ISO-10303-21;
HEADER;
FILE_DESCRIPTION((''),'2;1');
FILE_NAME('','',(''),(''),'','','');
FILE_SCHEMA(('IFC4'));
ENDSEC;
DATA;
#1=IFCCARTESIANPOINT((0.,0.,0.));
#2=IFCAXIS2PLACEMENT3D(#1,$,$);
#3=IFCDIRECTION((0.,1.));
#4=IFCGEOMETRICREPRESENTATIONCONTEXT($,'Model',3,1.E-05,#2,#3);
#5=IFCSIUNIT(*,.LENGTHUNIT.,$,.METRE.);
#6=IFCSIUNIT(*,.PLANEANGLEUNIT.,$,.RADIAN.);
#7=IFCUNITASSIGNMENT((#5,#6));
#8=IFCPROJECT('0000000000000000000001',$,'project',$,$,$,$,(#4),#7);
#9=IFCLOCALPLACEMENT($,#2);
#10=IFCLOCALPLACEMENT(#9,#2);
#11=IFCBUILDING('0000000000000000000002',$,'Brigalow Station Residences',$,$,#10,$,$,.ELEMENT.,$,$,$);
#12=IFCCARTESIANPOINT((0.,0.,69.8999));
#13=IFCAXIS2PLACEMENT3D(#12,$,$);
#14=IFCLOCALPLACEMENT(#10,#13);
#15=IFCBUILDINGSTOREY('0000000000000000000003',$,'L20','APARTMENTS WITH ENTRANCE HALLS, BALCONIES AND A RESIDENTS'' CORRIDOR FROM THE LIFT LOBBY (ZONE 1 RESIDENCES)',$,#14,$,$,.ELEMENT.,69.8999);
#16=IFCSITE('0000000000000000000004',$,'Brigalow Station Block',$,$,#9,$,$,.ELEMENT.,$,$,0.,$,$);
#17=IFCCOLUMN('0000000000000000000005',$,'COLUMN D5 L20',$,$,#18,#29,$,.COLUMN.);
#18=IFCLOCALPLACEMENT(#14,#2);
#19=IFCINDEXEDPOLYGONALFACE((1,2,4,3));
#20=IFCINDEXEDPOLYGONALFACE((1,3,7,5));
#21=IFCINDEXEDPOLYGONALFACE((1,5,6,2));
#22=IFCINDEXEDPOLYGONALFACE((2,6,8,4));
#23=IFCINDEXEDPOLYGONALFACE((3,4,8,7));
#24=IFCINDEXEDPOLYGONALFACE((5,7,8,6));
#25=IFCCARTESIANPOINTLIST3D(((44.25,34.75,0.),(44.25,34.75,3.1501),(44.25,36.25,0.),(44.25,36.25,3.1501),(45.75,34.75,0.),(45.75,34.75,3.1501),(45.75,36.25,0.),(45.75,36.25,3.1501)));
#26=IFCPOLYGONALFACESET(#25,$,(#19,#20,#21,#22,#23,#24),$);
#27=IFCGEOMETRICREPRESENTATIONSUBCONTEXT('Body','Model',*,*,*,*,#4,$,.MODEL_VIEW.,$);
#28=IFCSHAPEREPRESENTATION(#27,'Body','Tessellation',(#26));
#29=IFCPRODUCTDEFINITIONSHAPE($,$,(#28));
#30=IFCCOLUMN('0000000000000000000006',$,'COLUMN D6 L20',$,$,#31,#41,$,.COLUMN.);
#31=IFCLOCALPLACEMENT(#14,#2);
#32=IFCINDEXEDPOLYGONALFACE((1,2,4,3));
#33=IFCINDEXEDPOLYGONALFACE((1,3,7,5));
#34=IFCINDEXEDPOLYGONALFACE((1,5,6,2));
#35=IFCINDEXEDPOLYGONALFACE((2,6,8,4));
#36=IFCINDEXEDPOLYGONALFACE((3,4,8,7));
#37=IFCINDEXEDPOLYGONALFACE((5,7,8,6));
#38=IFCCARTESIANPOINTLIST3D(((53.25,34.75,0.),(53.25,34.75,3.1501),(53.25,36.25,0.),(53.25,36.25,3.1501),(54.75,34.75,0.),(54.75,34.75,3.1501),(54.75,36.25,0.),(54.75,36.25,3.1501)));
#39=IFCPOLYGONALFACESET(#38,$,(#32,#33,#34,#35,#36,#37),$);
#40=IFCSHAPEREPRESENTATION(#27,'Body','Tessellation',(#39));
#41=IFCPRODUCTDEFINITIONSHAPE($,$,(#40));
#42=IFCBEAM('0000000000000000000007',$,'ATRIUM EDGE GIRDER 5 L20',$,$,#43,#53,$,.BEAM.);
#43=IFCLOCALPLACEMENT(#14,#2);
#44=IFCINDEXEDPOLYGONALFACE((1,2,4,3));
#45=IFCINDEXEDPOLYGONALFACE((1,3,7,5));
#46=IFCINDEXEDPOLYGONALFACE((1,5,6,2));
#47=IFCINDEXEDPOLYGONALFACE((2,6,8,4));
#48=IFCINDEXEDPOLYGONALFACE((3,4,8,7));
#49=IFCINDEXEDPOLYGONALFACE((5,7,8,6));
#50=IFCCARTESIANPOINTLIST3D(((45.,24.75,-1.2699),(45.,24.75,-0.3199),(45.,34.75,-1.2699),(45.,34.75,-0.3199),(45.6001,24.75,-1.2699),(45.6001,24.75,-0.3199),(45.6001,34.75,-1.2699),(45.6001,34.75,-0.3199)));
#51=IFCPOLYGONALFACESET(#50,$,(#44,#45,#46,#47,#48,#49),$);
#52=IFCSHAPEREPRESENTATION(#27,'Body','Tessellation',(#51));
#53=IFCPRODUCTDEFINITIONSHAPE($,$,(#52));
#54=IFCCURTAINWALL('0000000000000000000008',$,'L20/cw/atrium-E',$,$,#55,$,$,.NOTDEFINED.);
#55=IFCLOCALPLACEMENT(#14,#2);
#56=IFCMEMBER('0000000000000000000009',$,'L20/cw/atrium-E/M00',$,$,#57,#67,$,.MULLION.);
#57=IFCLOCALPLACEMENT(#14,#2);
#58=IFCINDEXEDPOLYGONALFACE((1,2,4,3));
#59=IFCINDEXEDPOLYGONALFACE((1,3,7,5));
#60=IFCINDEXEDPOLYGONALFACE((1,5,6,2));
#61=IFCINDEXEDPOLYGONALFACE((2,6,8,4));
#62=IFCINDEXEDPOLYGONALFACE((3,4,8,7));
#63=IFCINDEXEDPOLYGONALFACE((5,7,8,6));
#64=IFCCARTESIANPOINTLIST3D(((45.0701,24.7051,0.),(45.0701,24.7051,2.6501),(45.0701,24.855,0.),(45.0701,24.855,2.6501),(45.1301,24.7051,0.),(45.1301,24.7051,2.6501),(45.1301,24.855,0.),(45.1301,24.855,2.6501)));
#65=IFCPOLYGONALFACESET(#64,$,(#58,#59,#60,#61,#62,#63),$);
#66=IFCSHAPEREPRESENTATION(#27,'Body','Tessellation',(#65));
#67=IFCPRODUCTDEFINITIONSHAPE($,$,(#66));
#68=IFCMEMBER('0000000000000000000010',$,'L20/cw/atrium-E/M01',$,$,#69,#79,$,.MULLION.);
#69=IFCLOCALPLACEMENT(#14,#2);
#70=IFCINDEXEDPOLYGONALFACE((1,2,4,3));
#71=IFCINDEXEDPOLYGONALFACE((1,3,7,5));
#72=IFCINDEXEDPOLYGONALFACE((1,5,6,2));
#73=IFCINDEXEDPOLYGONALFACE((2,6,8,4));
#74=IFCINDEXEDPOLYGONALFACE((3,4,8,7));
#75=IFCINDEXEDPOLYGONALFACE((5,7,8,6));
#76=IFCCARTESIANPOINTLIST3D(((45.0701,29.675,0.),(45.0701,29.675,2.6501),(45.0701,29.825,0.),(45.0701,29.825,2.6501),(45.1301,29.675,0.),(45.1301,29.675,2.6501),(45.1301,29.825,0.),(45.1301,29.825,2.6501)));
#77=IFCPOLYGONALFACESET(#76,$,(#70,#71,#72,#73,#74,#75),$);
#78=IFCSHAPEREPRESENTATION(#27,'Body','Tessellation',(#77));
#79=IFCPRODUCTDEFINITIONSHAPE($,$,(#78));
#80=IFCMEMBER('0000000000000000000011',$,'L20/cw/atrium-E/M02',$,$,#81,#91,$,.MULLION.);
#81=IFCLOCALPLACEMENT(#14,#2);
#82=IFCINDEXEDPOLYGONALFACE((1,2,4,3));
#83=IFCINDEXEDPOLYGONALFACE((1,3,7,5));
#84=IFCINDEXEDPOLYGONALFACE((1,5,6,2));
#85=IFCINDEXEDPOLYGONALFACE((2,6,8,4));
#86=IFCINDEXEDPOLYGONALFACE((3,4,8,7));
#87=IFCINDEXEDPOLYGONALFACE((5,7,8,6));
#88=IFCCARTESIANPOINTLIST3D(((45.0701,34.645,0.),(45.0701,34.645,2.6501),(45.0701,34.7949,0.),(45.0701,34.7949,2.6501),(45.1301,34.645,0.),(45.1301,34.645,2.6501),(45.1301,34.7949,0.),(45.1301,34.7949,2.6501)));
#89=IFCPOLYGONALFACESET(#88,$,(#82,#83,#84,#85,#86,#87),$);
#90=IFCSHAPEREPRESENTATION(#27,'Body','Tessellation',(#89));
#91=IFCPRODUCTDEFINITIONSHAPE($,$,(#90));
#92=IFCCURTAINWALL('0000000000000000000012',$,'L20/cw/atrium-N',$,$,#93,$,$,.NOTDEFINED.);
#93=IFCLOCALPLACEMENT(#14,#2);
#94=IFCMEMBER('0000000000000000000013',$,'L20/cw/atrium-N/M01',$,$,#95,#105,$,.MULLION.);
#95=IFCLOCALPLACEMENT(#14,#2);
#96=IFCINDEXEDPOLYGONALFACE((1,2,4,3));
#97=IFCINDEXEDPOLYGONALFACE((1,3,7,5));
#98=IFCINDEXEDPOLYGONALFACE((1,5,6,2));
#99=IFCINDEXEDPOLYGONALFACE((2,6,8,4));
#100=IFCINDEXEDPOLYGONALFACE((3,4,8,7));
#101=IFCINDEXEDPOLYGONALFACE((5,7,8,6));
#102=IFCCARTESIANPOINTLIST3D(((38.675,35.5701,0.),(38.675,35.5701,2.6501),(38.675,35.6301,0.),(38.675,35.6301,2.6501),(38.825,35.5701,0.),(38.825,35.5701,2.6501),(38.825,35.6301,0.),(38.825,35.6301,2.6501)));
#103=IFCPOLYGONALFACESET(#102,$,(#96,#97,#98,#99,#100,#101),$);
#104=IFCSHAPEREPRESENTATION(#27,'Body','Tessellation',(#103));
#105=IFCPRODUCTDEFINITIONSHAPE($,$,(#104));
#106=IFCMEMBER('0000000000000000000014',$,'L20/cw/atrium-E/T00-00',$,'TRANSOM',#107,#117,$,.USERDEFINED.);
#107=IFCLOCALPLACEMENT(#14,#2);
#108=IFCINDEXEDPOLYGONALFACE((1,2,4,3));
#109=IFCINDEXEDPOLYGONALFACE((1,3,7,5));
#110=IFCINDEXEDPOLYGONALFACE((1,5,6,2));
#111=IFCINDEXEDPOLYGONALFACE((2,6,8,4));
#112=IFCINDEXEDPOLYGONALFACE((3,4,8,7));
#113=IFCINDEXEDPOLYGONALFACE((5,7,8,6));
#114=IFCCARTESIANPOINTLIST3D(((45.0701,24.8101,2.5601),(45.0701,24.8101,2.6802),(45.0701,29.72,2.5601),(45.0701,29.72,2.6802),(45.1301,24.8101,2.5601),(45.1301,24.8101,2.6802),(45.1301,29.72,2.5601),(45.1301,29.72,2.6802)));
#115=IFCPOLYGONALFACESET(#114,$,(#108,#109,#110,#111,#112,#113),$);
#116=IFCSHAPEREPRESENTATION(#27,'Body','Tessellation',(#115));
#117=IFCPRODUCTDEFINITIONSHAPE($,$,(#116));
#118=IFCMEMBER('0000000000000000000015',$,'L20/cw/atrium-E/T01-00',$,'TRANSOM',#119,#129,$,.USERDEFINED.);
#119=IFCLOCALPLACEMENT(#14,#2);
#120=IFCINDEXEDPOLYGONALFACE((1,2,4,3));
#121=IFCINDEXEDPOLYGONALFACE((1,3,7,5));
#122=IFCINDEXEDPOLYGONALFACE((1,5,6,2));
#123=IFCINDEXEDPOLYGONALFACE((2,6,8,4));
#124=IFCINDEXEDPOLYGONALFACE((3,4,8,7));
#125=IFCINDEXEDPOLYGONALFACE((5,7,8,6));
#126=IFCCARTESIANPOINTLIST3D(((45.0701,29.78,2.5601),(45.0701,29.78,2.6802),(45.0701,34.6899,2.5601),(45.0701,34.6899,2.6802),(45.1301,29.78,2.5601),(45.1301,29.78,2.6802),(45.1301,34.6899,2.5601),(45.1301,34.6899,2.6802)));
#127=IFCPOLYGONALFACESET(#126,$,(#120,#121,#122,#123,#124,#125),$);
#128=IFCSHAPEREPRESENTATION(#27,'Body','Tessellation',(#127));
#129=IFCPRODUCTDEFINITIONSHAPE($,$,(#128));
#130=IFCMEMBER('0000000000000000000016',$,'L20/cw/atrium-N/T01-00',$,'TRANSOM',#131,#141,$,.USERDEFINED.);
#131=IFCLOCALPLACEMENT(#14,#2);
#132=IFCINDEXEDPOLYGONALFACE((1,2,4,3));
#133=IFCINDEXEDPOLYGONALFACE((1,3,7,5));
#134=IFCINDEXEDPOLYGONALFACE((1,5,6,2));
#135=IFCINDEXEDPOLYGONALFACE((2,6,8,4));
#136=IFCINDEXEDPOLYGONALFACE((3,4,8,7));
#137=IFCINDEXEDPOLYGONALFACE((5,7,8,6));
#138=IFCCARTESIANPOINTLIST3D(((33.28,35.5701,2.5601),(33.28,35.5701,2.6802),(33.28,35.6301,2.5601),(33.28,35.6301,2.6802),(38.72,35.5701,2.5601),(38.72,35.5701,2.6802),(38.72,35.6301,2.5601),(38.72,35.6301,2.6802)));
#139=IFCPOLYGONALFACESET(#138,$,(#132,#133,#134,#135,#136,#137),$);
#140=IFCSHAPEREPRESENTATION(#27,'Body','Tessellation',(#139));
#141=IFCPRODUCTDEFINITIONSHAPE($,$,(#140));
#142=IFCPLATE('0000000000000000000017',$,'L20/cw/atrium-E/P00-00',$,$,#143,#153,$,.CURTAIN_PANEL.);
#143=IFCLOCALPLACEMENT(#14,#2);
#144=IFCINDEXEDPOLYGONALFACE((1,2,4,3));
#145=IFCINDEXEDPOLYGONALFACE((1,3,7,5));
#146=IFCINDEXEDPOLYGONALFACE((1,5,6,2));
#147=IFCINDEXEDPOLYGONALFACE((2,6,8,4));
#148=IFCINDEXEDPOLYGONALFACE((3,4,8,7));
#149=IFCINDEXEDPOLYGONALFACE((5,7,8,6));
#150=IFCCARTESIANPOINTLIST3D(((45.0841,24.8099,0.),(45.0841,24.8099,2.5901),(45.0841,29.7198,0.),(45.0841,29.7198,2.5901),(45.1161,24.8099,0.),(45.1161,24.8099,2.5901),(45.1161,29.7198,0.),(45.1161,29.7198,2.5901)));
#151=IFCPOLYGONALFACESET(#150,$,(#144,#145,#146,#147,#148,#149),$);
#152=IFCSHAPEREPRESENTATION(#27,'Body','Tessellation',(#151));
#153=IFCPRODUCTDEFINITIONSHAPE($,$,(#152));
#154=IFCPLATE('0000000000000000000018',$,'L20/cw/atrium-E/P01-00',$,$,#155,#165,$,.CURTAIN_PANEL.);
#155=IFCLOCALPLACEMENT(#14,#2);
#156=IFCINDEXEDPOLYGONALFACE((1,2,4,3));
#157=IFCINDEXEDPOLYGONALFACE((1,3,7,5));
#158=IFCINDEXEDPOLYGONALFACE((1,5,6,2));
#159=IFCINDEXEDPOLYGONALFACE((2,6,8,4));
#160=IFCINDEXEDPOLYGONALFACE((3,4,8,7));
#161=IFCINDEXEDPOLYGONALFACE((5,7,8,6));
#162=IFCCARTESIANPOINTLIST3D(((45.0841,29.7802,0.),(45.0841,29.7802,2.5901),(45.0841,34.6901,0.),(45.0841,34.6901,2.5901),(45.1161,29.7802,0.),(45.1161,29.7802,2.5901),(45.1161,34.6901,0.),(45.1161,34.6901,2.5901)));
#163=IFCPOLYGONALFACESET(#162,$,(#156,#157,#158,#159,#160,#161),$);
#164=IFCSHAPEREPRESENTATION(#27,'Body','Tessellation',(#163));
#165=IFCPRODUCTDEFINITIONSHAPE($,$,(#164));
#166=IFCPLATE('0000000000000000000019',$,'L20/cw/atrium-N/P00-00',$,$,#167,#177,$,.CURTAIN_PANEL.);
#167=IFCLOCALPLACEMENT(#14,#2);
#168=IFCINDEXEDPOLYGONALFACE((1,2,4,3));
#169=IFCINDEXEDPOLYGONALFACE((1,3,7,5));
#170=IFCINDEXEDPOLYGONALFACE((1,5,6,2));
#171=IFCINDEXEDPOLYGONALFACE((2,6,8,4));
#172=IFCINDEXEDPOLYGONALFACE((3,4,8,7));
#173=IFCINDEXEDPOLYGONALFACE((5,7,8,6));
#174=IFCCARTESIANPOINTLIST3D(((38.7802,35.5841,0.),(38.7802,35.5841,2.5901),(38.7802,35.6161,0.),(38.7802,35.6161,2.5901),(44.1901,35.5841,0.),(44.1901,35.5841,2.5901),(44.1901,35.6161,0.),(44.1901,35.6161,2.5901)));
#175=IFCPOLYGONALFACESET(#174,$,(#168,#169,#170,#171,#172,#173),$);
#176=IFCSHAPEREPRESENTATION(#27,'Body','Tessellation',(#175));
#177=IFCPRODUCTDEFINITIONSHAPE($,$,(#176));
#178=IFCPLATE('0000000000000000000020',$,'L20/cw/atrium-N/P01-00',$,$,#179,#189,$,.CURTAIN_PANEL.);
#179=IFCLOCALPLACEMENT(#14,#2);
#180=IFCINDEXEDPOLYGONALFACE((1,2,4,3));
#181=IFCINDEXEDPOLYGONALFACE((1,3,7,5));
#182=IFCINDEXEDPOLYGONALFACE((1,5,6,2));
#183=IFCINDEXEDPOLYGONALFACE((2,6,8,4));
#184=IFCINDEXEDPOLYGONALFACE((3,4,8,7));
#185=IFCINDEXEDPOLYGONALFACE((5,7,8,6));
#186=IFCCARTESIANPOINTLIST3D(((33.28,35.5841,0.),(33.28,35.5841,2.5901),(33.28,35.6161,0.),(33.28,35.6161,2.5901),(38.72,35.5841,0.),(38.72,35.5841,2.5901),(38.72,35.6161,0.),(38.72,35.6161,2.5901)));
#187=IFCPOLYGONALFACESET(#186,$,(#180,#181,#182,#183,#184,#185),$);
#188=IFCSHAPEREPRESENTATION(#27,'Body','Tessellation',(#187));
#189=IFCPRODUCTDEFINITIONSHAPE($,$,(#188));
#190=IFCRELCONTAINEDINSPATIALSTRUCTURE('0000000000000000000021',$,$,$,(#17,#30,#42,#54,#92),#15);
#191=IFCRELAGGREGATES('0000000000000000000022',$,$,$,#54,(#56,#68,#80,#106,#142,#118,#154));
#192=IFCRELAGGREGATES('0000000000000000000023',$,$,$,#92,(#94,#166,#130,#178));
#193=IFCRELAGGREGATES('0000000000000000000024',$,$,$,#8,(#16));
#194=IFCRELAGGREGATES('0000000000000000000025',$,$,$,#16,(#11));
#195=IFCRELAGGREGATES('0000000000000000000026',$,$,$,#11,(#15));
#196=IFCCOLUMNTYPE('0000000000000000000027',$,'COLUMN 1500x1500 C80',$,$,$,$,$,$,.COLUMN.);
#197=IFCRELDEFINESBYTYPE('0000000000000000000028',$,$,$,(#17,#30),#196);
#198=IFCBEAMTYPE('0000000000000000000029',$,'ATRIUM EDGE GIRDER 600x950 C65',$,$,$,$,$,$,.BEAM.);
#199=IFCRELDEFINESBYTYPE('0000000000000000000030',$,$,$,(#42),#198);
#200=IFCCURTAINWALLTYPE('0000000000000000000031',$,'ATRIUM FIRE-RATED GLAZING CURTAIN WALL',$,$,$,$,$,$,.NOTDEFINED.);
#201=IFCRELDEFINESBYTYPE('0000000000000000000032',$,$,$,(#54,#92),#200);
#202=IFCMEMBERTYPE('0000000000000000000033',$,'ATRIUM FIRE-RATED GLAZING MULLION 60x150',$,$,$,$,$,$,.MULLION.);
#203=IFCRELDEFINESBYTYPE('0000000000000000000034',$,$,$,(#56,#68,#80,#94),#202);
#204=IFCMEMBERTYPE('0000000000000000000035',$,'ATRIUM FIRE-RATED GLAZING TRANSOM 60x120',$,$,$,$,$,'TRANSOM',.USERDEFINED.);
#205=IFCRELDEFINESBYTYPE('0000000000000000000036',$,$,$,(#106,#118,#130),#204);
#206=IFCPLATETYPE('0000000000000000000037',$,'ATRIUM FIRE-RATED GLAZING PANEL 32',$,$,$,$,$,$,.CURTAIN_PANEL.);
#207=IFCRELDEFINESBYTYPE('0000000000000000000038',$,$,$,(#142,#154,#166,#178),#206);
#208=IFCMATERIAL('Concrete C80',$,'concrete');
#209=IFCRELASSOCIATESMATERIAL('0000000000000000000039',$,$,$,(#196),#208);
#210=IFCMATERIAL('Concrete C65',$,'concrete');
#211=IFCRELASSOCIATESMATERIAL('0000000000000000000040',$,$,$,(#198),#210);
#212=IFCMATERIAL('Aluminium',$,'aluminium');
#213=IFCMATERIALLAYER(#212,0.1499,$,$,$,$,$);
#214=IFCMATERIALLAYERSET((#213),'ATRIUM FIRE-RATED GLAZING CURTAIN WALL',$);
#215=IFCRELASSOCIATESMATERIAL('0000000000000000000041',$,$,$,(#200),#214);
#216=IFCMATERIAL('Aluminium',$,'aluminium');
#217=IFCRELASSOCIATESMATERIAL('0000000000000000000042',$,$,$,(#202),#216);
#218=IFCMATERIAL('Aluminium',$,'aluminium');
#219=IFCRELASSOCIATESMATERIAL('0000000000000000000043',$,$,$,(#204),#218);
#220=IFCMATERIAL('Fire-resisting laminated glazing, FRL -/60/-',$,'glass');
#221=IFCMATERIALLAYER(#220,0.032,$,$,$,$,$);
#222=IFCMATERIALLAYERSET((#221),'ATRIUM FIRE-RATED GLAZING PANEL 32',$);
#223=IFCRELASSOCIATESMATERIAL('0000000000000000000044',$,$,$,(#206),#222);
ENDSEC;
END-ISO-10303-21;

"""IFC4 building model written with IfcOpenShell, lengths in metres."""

from ifc_helpers import new_model, si_unit, direction, frame, origin, origin_2d, place, context, subcontext, project, spatial, rectangle, extrude, material, layer, layer_set, material_profile, profile_set, type_object, element, aggregate, save


model = new_model("IFC4")

# Units and contexts
model_context = context("Model", 3, precision=1e-05, world=origin(), true_north=direction((0.0, 1.0)))
body_context = subcontext(model_context, "Body", "Model", "MODEL_VIEW")
ifc_project = project(units=[si_unit("LENGTHUNIT", "METRE"), si_unit("PLANEANGLEUNIT", "RADIAN")], contexts=[model_context])

# Site, building, storey
site_placement = place(None, origin())
site = spatial("IfcSite", under=ifc_project, at=site_placement, Name="Brigalow Station Block", CompositionType="ELEMENT", RefElevation=0.0)
building_placement = place(site_placement, origin())
building = spatial("IfcBuilding", under=site, at=building_placement, Name="Brigalow Station Residences", CompositionType="ELEMENT")
storey_placement = place(building_placement, frame((0.0, 0.0, 69.8999)))
storey = spatial("IfcBuildingStorey", under=building, at=storey_placement, Name="L20", Description="APARTMENTS WITH ENTRANCE HALLS, BALCONIES AND A RESIDENTS' CORRIDOR FROM THE LIFT LOBBY (ZONE 1 RESIDENCES)", CompositionType="ELEMENT", Elevation=69.8999)

# Columns
ifc_material_1 = material(Name="Concrete C80", Category="concrete")
ifc_material_profile_1 = material_profile(ifc_material_1, rectangle(XDim=1.5, YDim=1.5, at=origin_2d()), Name="RC1500x1500")
ifc_profile_set_1 = profile_set([ifc_material_profile_1], Name="Concrete C80")
column_type = type_object("IfcColumnType", Name="COLUMN 1500x1500 C80", PredefinedType="COLUMN", material=ifc_profile_set_1)
for number, where, z_axis, x_axis, name in (
    (1, (45.0, 35.5, 0.0), (0.0, 0.0, 1.0), (1.0, 0.0, 0.0), "COLUMN D5 L20"),
    (2, (54.0, 35.5, 0.0), (0.0, 0.0, 1.0), (1.0, 0.0, 0.0), "COLUMN D6 L20"),
):
    element("IfcColumn", number, at=place(storey_placement, frame(where, z_axis=z_axis, x_axis=x_axis)), inside=storey, type_object=column_type, Name=name, PredefinedType="COLUMN", context=body_context, shape_type="SweptSolid", body=[
        extrude(rectangle(XDim=1.5, YDim=1.5, at=origin_2d()), origin(), (0.0, 0.0, 1.0), 3.1501),
    ])

# Beam
ifc_material_2 = material(Name="Concrete C65", Category="concrete")
ifc_material_profile_2 = material_profile(ifc_material_2, rectangle(XDim=0.6001, YDim=0.95, at=origin_2d()), Name="RC600x950")
ifc_profile_set_2 = profile_set([ifc_material_profile_2], Name="Concrete C65")
beam_type = type_object("IfcBeamType", Name="ATRIUM EDGE GIRDER 600x950 C65", PredefinedType="BEAM", material=ifc_profile_set_2)
beam_placement = place(storey_placement, frame((45.3, 24.75, -0.7949), z_axis=(0.0, 1.0, 0.0), x_axis=(-1.0, 0.0, 0.0)))
element("IfcBeam", 3, at=beam_placement, inside=storey, type_object=beam_type, Name="ATRIUM EDGE GIRDER 5 L20", PredefinedType="BEAM", context=body_context, shape_type="SweptSolid", body=[
    extrude(rectangle(XDim=0.6001, YDim=0.95, at=origin_2d()), origin(), (0.0, 0.0, 1.0), 10.0),
])

# Curtain wall, members
ifc_material_3 = material(Name="Aluminium", Category="aluminium")
ifc_layer_1 = layer(ifc_material_3, 0.1499)
ifc_layer_set_1 = layer_set([ifc_layer_1], Name="ATRIUM FIRE-RATED GLAZING CURTAIN WALL")
curtain_wall_type = type_object("IfcCurtainWallType", Name="ATRIUM FIRE-RATED GLAZING CURTAIN WALL", PredefinedType="NOTDEFINED", material=ifc_layer_set_1)
curtain_wall_1_placement = place(storey_placement, origin())
curtain_wall_1 = element("IfcCurtainWall", 4, at=curtain_wall_1_placement, inside=storey, type_object=curtain_wall_type, Name="L20/cw/atrium-E", PredefinedType="NOTDEFINED")
ifc_material_4 = material(Name="Aluminium", Category="aluminium")
ifc_material_profile_3 = material_profile(ifc_material_4, rectangle(XDim=0.0601, YDim=0.1499, at=origin_2d()), Name="ATRIUM FIRE-RATED GLAZING MULLION 60x150")
ifc_profile_set_3 = profile_set([ifc_material_profile_3], Name="Aluminium")
member_type_1 = type_object("IfcMemberType", Name="ATRIUM FIRE-RATED GLAZING MULLION 60x150", PredefinedType="MULLION", material=ifc_profile_set_3)
member_1_placement = place(storey_placement, frame((45.1001, 24.78, 0.0), z_axis=(0.0, 0.0, 1.0), x_axis=(-1.0, 0.0, 0.0)))
member_1 = element("IfcMember", 5, at=member_1_placement, type_object=member_type_1, Name="L20/cw/atrium-E/M00", PredefinedType="MULLION", context=body_context, shape_type="SweptSolid", body=[
    extrude(rectangle(XDim=0.0601, YDim=0.1499, at=origin_2d()), origin(), (0.0, 0.0, 1.0), 2.6501),
])
member_2_placement = place(storey_placement, frame((45.1001, 29.75, 0.0), z_axis=(0.0, 0.0, 1.0), x_axis=(-1.0, 0.0, 0.0)))
member_2 = element("IfcMember", 6, at=member_2_placement, type_object=member_type_1, Name="L20/cw/atrium-E/M01", PredefinedType="MULLION", context=body_context, shape_type="SweptSolid", body=[
    extrude(rectangle(XDim=0.0601, YDim=0.1499, at=origin_2d()), origin(), (0.0, 0.0, 1.0), 2.6501),
])
member_3_placement = place(storey_placement, frame((45.1001, 34.72, 0.0), z_axis=(0.0, 0.0, 1.0), x_axis=(-1.0, 0.0, 0.0)))
member_3 = element("IfcMember", 7, at=member_3_placement, type_object=member_type_1, Name="L20/cw/atrium-E/M02", PredefinedType="MULLION", context=body_context, shape_type="SweptSolid", body=[
    extrude(rectangle(XDim=0.0601, YDim=0.1499, at=origin_2d()), origin(), (0.0, 0.0, 1.0), 2.6501),
])

# Curtain wall, member
curtain_wall_2_placement = place(storey_placement, origin())
curtain_wall_2 = element("IfcCurtainWall", 8, at=curtain_wall_2_placement, inside=storey, type_object=curtain_wall_type, Name="L20/cw/atrium-N", PredefinedType="NOTDEFINED")
member_4_placement = place(storey_placement, frame((38.75, 35.6001, 0.0), z_axis=(0.0, 0.0, 1.0), x_axis=(0.0, -1.0, 0.0)))
member_4 = element("IfcMember", 9, at=member_4_placement, type_object=member_type_1, Name="L20/cw/atrium-N/M01", PredefinedType="MULLION", context=body_context, shape_type="SweptSolid", body=[
    extrude(rectangle(XDim=0.0601, YDim=0.1499, at=origin_2d()), origin(), (0.0, 0.0, 1.0), 2.6501),
])

# Members
ifc_material_5 = material(Name="Aluminium", Category="aluminium")
ifc_material_profile_4 = material_profile(ifc_material_5, rectangle(XDim=0.0601, YDim=0.1201, at=origin_2d()), Name="ATRIUM FIRE-RATED GLAZING TRANSOM 60x120")
ifc_profile_set_4 = profile_set([ifc_material_profile_4], Name="Aluminium")
member_type_2 = type_object("IfcMemberType", Name="ATRIUM FIRE-RATED GLAZING TRANSOM 60x120", ElementType="TRANSOM", PredefinedType="USERDEFINED", material=ifc_profile_set_4)
member_5_placement = place(storey_placement, frame((45.1001, 24.8101, 2.6201), z_axis=(0.0, 1.0, 0.0), x_axis=(-1.0, 0.0, 0.0)))
member_5 = element("IfcMember", 10, at=member_5_placement, type_object=member_type_2, Name="L20/cw/atrium-E/T00-00", ObjectType="TRANSOM", PredefinedType="USERDEFINED", context=body_context, shape_type="SweptSolid", body=[
    extrude(rectangle(XDim=0.0601, YDim=0.1201, at=origin_2d()), origin(), (0.0, 0.0, 1.0), 4.9099),
])
member_6_placement = place(storey_placement, frame((45.1001, 29.78, 2.6201), z_axis=(0.0, 1.0, 0.0), x_axis=(-1.0, 0.0, 0.0)))
member_6 = element("IfcMember", 11, at=member_6_placement, type_object=member_type_2, Name="L20/cw/atrium-E/T01-00", ObjectType="TRANSOM", PredefinedType="USERDEFINED", context=body_context, shape_type="SweptSolid", body=[
    extrude(rectangle(XDim=0.0601, YDim=0.1201, at=origin_2d()), origin(), (0.0, 0.0, 1.0), 4.9099),
])
member_7_placement = place(storey_placement, frame((38.72, 35.6001, 2.6201), z_axis=(-1.0, 0.0, 0.0), x_axis=(0.0, -1.0, 0.0)))
member_7 = element("IfcMember", 12, at=member_7_placement, type_object=member_type_2, Name="L20/cw/atrium-N/T01-00", ObjectType="TRANSOM", PredefinedType="USERDEFINED", context=body_context, shape_type="SweptSolid", body=[
    extrude(rectangle(XDim=0.0601, YDim=0.1201, at=origin_2d()), origin(), (0.0, 0.0, 1.0), 5.4399),
])

# Plates
ifc_material_6 = material(Name="Fire-resisting laminated glazing, FRL -/60/-", Category="glass")
ifc_layer_2 = layer(ifc_material_6, 0.032)
ifc_layer_set_2 = layer_set([ifc_layer_2], Name="ATRIUM FIRE-RATED GLAZING PANEL 32")
plate_type = type_object("IfcPlateType", Name="ATRIUM FIRE-RATED GLAZING PANEL 32", PredefinedType="CURTAIN_PANEL", material=ifc_layer_set_2)
plate_1_placement = place(storey_placement, frame((45.1001, 27.2649, 0.0), z_axis=(0.0, 0.0, 1.0), x_axis=(0.0, 1.0, 0.0)))
plate_1 = element("IfcPlate", 13, at=plate_1_placement, type_object=plate_type, Name="L20/cw/atrium-E/P00-00", PredefinedType="CURTAIN_PANEL", context=body_context, shape_type="SweptSolid", body=[
    extrude(rectangle(XDim=4.9099, YDim=0.032, at=origin_2d()), origin(), (0.0, 0.0, 1.0), 2.5901),
])
plate_2_placement = place(storey_placement, frame((45.1001, 32.2351, 0.0), z_axis=(0.0, 0.0, 1.0), x_axis=(0.0, 1.0, 0.0)))
plate_2 = element("IfcPlate", 14, at=plate_2_placement, type_object=plate_type, Name="L20/cw/atrium-E/P01-00", PredefinedType="CURTAIN_PANEL", context=body_context, shape_type="SweptSolid", body=[
    extrude(rectangle(XDim=4.9099, YDim=0.032, at=origin_2d()), origin(), (0.0, 0.0, 1.0), 2.5901),
])
aggregate(curtain_wall_1, [member_1, member_2, member_3, member_5, plate_1, member_6, plate_2])
plate_3_placement = place(storey_placement, frame((41.4851, 35.6001, 0.0), z_axis=(0.0, 0.0, 1.0), x_axis=(-1.0, 0.0, 0.0)))
plate_3 = element("IfcPlate", 15, at=plate_3_placement, type_object=plate_type, Name="L20/cw/atrium-N/P00-00", PredefinedType="CURTAIN_PANEL", context=body_context, shape_type="SweptSolid", body=[
    extrude(rectangle(XDim=5.4099, YDim=0.032, at=origin_2d()), origin(), (0.0, 0.0, 1.0), 2.5901),
])
plate_4_placement = place(storey_placement, frame((36.0, 35.6001, 0.0), z_axis=(0.0, 0.0, 1.0), x_axis=(-1.0, 0.0, 0.0)))
plate_4 = element("IfcPlate", 16, at=plate_4_placement, type_object=plate_type, Name="L20/cw/atrium-N/P01-00", PredefinedType="CURTAIN_PANEL", context=body_context, shape_type="SweptSolid", body=[
    extrude(rectangle(XDim=5.4399, YDim=0.032, at=origin_2d()), origin(), (0.0, 0.0, 1.0), 2.5901),
])
aggregate(curtain_wall_2, [member_4, plate_3, member_7, plate_4])

save(model, "model.ifc")
